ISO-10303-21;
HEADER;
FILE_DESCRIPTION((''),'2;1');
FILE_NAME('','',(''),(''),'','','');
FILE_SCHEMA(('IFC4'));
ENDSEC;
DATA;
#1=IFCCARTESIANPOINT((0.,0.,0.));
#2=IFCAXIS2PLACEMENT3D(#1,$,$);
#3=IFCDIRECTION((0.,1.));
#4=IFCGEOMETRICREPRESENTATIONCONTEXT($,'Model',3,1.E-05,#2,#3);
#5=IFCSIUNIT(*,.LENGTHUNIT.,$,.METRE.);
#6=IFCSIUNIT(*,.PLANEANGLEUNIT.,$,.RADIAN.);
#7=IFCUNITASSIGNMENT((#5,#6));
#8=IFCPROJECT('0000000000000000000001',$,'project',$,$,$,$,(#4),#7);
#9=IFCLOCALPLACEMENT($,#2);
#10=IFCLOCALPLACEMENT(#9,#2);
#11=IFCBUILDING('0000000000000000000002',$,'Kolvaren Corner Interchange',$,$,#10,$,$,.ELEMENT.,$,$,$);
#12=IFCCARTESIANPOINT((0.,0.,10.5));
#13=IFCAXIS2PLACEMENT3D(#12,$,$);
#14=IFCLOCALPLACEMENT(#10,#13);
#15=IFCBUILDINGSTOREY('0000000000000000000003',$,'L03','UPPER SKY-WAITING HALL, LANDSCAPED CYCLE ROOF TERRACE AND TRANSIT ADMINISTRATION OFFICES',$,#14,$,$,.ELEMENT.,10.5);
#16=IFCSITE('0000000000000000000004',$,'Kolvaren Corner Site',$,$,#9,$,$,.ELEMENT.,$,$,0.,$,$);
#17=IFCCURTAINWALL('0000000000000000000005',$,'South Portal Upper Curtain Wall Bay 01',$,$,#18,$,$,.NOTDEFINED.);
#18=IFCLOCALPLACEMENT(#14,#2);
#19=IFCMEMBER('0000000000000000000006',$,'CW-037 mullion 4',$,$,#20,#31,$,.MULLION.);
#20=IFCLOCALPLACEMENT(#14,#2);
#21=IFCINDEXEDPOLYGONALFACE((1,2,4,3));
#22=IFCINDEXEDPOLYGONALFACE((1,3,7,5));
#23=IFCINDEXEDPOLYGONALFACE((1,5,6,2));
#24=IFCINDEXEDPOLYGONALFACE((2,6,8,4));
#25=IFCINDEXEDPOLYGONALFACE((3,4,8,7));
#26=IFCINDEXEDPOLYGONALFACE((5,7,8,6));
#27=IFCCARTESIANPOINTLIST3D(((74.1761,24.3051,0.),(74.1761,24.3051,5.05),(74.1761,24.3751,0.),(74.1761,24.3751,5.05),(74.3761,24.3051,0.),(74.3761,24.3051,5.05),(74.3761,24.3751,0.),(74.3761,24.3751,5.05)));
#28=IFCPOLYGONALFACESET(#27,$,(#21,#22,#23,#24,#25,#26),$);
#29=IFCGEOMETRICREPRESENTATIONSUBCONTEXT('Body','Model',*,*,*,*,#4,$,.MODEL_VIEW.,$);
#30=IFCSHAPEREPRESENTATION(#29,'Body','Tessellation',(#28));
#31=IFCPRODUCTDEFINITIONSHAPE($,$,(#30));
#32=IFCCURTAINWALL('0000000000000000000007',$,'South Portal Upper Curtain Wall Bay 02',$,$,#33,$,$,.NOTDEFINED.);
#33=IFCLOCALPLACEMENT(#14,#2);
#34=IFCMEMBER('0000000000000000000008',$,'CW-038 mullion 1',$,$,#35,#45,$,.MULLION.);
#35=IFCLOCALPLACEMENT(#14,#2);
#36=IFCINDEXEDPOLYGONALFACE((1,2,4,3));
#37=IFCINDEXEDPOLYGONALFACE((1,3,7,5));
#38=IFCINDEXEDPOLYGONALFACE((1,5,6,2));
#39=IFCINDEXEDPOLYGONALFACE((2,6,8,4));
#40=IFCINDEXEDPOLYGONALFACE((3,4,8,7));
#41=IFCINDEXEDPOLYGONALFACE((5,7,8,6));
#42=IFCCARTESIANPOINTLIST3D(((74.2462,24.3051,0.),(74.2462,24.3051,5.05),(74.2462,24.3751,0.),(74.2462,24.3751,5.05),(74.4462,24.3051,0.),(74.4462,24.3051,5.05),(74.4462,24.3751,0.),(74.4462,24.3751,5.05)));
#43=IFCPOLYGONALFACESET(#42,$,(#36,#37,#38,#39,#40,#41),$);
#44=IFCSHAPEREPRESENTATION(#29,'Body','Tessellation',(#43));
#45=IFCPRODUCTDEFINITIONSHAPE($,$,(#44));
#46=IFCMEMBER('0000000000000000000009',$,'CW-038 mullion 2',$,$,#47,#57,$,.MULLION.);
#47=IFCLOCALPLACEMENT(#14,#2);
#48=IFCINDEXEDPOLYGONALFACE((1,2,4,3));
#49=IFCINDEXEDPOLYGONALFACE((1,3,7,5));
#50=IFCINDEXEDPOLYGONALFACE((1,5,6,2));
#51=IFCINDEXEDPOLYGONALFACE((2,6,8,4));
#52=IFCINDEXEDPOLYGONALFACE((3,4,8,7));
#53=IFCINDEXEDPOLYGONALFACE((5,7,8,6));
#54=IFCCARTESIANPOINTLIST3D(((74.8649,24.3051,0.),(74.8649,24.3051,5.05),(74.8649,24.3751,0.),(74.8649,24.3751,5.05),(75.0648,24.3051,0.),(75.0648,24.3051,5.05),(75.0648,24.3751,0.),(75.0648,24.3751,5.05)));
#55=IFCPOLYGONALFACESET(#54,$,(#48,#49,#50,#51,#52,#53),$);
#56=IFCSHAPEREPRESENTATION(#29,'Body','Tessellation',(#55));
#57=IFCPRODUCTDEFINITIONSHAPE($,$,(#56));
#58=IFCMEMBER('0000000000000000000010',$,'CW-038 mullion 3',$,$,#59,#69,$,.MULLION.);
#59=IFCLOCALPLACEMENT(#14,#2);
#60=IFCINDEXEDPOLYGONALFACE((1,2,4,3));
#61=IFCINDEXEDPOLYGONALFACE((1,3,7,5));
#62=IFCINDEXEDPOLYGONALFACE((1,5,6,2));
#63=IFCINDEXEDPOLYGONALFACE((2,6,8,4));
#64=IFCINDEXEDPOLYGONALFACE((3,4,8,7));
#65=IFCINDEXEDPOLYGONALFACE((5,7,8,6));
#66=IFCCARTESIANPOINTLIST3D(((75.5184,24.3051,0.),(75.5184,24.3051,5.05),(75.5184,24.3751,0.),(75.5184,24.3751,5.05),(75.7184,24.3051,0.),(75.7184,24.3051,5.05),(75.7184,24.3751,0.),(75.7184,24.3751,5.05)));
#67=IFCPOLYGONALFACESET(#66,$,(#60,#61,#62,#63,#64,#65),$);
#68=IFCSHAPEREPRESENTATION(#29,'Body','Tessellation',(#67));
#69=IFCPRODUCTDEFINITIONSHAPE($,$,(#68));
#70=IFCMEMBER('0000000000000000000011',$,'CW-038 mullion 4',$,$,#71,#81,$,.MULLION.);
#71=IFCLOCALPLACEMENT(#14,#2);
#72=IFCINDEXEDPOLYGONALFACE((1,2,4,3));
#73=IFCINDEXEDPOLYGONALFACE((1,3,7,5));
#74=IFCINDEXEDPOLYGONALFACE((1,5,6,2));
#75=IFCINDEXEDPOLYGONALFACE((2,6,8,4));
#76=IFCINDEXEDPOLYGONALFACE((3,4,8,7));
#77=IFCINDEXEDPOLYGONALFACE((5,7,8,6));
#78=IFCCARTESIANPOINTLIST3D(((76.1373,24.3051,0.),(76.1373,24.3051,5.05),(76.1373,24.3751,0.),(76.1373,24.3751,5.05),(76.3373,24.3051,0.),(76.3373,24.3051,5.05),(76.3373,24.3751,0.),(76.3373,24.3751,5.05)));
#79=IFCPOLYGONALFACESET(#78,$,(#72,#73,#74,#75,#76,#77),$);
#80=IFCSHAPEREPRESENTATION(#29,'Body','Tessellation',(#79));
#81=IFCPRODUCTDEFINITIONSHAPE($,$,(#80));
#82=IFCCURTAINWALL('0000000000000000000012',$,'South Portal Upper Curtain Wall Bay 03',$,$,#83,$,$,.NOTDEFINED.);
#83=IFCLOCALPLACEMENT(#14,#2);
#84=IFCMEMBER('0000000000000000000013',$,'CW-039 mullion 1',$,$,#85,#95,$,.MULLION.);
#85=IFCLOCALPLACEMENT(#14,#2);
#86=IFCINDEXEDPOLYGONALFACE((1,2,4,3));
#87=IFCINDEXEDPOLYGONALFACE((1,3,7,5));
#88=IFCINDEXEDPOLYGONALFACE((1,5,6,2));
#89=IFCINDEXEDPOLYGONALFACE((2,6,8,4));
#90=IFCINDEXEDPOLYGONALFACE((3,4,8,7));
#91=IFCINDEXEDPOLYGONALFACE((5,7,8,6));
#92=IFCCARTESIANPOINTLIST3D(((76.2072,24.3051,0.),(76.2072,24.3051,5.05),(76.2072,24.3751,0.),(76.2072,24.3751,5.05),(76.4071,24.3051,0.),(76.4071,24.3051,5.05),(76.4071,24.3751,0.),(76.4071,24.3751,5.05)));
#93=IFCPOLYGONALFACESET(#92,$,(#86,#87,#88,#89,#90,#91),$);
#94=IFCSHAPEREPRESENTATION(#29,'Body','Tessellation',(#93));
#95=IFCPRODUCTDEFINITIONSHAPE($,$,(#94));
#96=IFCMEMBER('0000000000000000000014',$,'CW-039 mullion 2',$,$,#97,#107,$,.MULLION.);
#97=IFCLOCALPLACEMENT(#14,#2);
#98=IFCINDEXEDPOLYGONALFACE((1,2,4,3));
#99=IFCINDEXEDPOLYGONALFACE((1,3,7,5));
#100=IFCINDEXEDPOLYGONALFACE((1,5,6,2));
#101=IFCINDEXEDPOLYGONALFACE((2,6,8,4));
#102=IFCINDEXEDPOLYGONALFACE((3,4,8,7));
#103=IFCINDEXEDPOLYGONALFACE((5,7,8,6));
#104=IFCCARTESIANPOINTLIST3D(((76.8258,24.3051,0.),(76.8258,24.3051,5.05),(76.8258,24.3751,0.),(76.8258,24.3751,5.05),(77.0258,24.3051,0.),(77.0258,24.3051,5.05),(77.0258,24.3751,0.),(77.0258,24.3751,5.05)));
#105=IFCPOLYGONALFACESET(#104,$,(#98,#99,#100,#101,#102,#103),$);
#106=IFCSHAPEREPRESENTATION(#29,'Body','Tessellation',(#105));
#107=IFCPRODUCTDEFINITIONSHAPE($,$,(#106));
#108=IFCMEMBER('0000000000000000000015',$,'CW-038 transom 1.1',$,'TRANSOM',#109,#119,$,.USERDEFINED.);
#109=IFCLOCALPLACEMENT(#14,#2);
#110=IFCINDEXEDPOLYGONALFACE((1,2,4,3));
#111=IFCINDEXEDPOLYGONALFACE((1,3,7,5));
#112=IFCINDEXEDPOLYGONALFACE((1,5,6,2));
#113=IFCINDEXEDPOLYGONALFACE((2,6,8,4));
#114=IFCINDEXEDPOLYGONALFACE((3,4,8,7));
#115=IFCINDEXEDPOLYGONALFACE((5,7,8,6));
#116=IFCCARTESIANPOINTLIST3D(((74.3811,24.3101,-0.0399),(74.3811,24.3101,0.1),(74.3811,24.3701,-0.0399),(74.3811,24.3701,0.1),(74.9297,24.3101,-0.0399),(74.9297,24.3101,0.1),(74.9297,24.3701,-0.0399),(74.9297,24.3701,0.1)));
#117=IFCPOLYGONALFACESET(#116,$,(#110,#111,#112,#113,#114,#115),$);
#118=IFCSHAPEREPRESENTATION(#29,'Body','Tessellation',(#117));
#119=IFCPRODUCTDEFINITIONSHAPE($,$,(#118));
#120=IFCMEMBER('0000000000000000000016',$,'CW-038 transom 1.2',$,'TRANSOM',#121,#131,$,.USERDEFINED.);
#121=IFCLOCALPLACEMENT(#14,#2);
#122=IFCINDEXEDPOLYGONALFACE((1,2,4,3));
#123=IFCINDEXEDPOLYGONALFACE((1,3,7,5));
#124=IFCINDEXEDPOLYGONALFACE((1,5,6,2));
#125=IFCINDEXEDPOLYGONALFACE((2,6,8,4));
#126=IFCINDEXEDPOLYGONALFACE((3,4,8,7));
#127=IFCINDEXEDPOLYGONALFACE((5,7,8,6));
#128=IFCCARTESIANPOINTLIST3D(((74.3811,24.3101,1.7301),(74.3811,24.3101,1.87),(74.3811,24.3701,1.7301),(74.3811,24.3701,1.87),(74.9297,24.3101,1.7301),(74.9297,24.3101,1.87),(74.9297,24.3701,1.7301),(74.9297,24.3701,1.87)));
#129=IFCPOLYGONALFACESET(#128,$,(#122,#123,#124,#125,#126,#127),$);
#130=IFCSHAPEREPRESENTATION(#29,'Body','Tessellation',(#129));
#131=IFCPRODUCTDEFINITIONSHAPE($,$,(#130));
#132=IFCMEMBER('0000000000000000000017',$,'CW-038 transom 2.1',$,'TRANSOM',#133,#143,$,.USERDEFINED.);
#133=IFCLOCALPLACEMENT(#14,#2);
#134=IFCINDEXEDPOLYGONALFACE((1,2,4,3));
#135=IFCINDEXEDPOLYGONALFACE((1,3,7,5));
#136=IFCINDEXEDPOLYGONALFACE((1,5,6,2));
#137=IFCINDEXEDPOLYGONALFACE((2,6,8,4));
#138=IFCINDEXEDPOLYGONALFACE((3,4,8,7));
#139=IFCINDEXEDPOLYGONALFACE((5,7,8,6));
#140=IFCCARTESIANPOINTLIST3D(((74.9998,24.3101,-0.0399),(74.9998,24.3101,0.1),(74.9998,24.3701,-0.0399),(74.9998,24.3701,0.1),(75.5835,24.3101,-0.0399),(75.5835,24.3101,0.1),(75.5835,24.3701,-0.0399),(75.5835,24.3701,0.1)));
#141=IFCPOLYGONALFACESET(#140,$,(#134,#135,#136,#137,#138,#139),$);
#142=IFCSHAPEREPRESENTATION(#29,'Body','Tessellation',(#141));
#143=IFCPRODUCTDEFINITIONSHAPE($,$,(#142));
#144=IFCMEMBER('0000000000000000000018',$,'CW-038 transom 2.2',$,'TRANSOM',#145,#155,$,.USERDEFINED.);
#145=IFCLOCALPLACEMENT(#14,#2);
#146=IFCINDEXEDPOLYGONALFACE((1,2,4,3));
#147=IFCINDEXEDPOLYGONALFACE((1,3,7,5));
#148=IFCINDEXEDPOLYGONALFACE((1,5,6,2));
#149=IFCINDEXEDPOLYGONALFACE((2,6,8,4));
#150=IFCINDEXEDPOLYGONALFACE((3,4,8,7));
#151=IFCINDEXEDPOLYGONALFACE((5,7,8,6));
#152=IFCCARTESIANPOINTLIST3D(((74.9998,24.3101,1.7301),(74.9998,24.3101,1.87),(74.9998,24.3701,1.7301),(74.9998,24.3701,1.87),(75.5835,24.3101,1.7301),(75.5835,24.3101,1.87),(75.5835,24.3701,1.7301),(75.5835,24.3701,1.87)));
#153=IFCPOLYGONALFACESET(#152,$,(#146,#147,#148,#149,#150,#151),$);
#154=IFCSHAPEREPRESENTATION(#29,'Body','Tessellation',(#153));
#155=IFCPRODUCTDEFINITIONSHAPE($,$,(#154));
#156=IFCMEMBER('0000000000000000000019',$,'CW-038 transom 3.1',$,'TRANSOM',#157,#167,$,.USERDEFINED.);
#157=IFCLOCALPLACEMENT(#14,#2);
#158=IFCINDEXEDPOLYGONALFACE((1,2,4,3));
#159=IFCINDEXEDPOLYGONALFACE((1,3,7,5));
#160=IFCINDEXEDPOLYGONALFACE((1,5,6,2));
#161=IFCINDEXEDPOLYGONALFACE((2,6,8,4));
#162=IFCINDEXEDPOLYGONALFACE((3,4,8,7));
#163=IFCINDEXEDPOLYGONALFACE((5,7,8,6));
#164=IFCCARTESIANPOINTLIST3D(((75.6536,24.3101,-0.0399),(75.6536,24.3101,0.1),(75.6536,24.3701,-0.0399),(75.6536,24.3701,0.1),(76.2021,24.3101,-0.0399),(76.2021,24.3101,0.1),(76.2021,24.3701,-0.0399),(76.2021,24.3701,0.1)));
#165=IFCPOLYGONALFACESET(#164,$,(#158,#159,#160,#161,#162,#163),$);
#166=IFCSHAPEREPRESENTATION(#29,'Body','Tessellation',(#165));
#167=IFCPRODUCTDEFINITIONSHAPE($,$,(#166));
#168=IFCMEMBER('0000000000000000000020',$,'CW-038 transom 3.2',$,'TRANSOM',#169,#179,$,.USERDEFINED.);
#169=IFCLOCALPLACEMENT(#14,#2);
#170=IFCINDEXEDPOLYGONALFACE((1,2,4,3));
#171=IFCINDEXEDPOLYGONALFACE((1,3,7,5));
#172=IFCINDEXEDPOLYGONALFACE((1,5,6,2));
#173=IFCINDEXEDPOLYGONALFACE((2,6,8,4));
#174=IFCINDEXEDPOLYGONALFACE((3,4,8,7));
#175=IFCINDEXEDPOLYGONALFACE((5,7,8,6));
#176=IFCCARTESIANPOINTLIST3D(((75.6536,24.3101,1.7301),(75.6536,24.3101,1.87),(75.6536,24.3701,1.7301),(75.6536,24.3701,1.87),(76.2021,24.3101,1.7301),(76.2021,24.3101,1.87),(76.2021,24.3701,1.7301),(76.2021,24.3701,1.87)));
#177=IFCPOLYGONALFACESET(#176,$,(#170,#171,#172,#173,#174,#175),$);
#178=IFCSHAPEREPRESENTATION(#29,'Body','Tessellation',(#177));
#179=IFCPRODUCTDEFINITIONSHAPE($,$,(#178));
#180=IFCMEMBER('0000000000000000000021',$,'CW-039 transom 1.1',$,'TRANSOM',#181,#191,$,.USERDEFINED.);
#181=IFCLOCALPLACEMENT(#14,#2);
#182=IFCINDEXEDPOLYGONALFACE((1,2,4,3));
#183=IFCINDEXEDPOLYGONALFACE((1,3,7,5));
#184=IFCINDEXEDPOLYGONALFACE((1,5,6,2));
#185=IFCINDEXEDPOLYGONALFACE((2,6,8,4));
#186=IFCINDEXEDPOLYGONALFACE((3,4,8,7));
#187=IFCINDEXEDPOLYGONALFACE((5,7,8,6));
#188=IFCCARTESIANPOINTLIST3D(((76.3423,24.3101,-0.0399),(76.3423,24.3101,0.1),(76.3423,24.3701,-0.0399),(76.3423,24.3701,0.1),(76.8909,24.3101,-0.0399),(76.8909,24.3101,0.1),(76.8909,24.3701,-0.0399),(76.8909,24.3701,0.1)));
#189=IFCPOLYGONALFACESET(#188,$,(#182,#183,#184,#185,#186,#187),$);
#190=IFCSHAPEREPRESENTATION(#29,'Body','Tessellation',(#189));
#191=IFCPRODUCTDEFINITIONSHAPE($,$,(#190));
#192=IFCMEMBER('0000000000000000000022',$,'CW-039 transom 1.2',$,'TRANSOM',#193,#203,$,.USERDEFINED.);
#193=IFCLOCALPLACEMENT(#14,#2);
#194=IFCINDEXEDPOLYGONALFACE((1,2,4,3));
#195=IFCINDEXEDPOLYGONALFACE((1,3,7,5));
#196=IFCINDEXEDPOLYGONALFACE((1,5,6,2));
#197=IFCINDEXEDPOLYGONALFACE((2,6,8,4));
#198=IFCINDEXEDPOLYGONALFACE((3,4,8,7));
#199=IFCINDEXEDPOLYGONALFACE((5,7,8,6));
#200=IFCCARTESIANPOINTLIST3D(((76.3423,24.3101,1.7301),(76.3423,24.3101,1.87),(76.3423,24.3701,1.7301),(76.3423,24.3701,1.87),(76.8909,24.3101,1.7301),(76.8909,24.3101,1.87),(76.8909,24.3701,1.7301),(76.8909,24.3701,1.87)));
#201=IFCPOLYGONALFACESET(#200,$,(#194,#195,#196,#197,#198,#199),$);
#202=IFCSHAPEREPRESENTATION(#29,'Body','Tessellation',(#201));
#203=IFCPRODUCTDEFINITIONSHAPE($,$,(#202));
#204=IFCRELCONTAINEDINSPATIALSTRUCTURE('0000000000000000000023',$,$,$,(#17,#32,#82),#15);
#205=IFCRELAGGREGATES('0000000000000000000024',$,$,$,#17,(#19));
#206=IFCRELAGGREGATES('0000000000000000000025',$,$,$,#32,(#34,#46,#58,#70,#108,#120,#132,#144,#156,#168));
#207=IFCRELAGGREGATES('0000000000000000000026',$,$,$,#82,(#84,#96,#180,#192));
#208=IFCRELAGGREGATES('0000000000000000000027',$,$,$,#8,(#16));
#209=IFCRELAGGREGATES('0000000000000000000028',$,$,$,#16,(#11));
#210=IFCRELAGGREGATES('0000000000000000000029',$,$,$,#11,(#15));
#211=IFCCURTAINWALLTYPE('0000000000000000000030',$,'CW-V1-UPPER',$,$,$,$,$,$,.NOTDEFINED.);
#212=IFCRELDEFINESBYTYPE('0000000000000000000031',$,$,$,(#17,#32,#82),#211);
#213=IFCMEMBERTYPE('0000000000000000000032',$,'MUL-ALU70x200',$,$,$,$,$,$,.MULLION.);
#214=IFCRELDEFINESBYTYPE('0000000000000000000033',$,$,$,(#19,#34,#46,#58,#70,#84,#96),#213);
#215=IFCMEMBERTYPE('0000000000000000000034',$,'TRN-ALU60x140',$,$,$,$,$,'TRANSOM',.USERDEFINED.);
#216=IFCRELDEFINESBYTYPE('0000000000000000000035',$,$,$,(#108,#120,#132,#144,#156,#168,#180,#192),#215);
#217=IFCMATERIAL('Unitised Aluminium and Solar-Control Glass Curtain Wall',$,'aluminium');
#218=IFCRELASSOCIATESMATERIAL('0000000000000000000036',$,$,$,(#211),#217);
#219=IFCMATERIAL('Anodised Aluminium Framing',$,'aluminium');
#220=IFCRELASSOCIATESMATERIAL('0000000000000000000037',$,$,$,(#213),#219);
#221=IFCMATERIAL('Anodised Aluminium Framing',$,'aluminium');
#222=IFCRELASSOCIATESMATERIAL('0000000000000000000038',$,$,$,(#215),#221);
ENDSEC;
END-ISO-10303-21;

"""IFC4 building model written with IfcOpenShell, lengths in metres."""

from ifc_helpers import new_model, si_unit, direction, frame, origin, origin_2d, place, context, subcontext, project, spatial, rectangle, extrude, material, material_profile, profile_set, type_object, element, aggregate, save


model = new_model("IFC4")

# Units and contexts
model_context = context("Model", 3, precision=1e-05, world=origin(), true_north=direction((0.0, 1.0)))
body_context = subcontext(model_context, "Body", "Model", "MODEL_VIEW")
ifc_project = project(units=[si_unit("LENGTHUNIT", "METRE"), si_unit("PLANEANGLEUNIT", "RADIAN")], contexts=[model_context])

# Site, building, storey
site_placement = place(None, origin())
site = spatial("IfcSite", under=ifc_project, at=site_placement, Name="Kolvaren Corner Site", CompositionType="ELEMENT", RefElevation=0.0)
building_placement = place(site_placement, origin())
building = spatial("IfcBuilding", under=site, at=building_placement, Name="Kolvaren Corner Interchange", CompositionType="ELEMENT")
storey_placement = place(building_placement, frame((0.0, 0.0, 10.5)))
storey = spatial("IfcBuildingStorey", under=building, at=storey_placement, Name="L03", Description="UPPER SKY-WAITING HALL, LANDSCAPED CYCLE ROOF TERRACE AND TRANSIT ADMINISTRATION OFFICES", CompositionType="ELEMENT", Elevation=10.5)

# Curtain wall, member
ifc_material_1 = material(Name="Unitised Aluminium and Solar-Control Glass Curtain Wall", Category="aluminium")
curtain_wall_type = type_object("IfcCurtainWallType", Name="CW-V1-UPPER", PredefinedType="NOTDEFINED", material=ifc_material_1)
curtain_wall_1_placement = place(storey_placement, origin())
curtain_wall_1 = element("IfcCurtainWall", 1, at=curtain_wall_1_placement, inside=storey, type_object=curtain_wall_type, Name="South Portal Upper Curtain Wall Bay 01", PredefinedType="NOTDEFINED")
ifc_material_2 = material(Name="Anodised Aluminium Framing", Category="aluminium")
ifc_material_profile_1 = material_profile(ifc_material_2, rectangle(XDim=0.0701, YDim=0.2, at=origin_2d()), Name="ALU 70x200")
ifc_profile_set_1 = profile_set([ifc_material_profile_1], Name="Anodised Aluminium Framing")
member_type_1 = type_object("IfcMemberType", Name="MUL-ALU70x200", PredefinedType="MULLION", material=ifc_profile_set_1)
member_1_placement = place(storey_placement, frame((74.2761, 24.3401, 0.0), z_axis=(0.0, 0.0, 1.0), x_axis=(0.0, 1.0, 0.0)))
member_1 = element("IfcMember", 2, at=member_1_placement, type_object=member_type_1, Name="CW-037 mullion 4", PredefinedType="MULLION", context=body_context, shape_type="SweptSolid", body=[
    extrude(rectangle(XDim=0.0701, YDim=0.2, at=origin_2d()), origin(), (0.0, 0.0, 1.0), 5.05),
])

# Curtain walls, members
curtain_wall_2_placement = place(storey_placement, origin())
curtain_wall_2 = element("IfcCurtainWall", 3, at=curtain_wall_2_placement, inside=storey, type_object=curtain_wall_type, Name="South Portal Upper Curtain Wall Bay 02", PredefinedType="NOTDEFINED")
member_2_placement = place(storey_placement, frame((74.3462, 24.3401, 0.0), z_axis=(0.0, 0.0, 1.0), x_axis=(0.0, 1.0, 0.0)))
member_2 = element("IfcMember", 4, at=member_2_placement, type_object=member_type_1, Name="CW-038 mullion 1", PredefinedType="MULLION", context=body_context, shape_type="SweptSolid", body=[
    extrude(rectangle(XDim=0.0701, YDim=0.2, at=origin_2d()), origin(), (0.0, 0.0, 1.0), 5.05),
])
member_3_placement = place(storey_placement, frame((74.9648, 24.3401, 0.0), z_axis=(0.0, 0.0, 1.0), x_axis=(0.0, 1.0, 0.0)))
member_3 = element("IfcMember", 5, at=member_3_placement, type_object=member_type_1, Name="CW-038 mullion 2", PredefinedType="MULLION", context=body_context, shape_type="SweptSolid", body=[
    extrude(rectangle(XDim=0.0701, YDim=0.2, at=origin_2d()), origin(), (0.0, 0.0, 1.0), 5.05),
])
member_4_placement = place(storey_placement, frame((75.6184, 24.3401, 0.0), z_axis=(0.0, 0.0, 1.0), x_axis=(0.0, 1.0, 0.0)))
member_4 = element("IfcMember", 6, at=member_4_placement, type_object=member_type_1, Name="CW-038 mullion 3", PredefinedType="MULLION", context=body_context, shape_type="SweptSolid", body=[
    extrude(rectangle(XDim=0.0701, YDim=0.2, at=origin_2d()), origin(), (0.0, 0.0, 1.0), 5.05),
])
member_5_placement = place(storey_placement, frame((76.2373, 24.3401, 0.0), z_axis=(0.0, 0.0, 1.0), x_axis=(0.0, 1.0, 0.0)))
member_5 = element("IfcMember", 7, at=member_5_placement, type_object=member_type_1, Name="CW-038 mullion 4", PredefinedType="MULLION", context=body_context, shape_type="SweptSolid", body=[
    extrude(rectangle(XDim=0.0701, YDim=0.2, at=origin_2d()), origin(), (0.0, 0.0, 1.0), 5.05),
])
curtain_wall_3_placement = place(storey_placement, origin())
curtain_wall_3 = element("IfcCurtainWall", 8, at=curtain_wall_3_placement, inside=storey, type_object=curtain_wall_type, Name="South Portal Upper Curtain Wall Bay 03", PredefinedType="NOTDEFINED")
member_6_placement = place(storey_placement, frame((76.3071, 24.3401, 0.0), z_axis=(0.0, 0.0, 1.0), x_axis=(0.0, 1.0, 0.0)))
member_6 = element("IfcMember", 9, at=member_6_placement, type_object=member_type_1, Name="CW-039 mullion 1", PredefinedType="MULLION", context=body_context, shape_type="SweptSolid", body=[
    extrude(rectangle(XDim=0.0701, YDim=0.2, at=origin_2d()), origin(), (0.0, 0.0, 1.0), 5.05),
])
member_7_placement = place(storey_placement, frame((76.9258, 24.3401, 0.0), z_axis=(0.0, 0.0, 1.0), x_axis=(0.0, 1.0, 0.0)))
member_7 = element("IfcMember", 10, at=member_7_placement, type_object=member_type_1, Name="CW-039 mullion 2", PredefinedType="MULLION", context=body_context, shape_type="SweptSolid", body=[
    extrude(rectangle(XDim=0.0701, YDim=0.2, at=origin_2d()), origin(), (0.0, 0.0, 1.0), 5.05),
])

# Members
ifc_material_3 = material(Name="Anodised Aluminium Framing", Category="aluminium")
ifc_material_profile_2 = material_profile(ifc_material_3, rectangle(XDim=0.0601, YDim=0.1399, at=origin_2d()), Name="ALU 60x140")
ifc_profile_set_2 = profile_set([ifc_material_profile_2], Name="Anodised Aluminium Framing")
member_type_2 = type_object("IfcMemberType", Name="TRN-ALU60x140", ElementType="TRANSOM", PredefinedType="USERDEFINED", material=ifc_profile_set_2)
member_8_placement = place(storey_placement, frame((74.3811, 24.3401, 0.03), z_axis=(1.0, 0.0, 0.0), x_axis=(0.0, 1.0, 0.0)))
member_8 = element("IfcMember", 11, at=member_8_placement, type_object=member_type_2, Name="CW-038 transom 1.1", ObjectType="TRANSOM", PredefinedType="USERDEFINED", context=body_context, shape_type="SweptSolid", body=[
    extrude(rectangle(XDim=0.0601, YDim=0.1399, at=origin_2d()), origin(), (0.0, 0.0, 1.0), 0.5486),
])
member_9_placement = place(storey_placement, frame((74.3811, 24.3401, 1.8), z_axis=(1.0, 0.0, 0.0), x_axis=(0.0, 1.0, 0.0)))
member_9 = element("IfcMember", 12, at=member_9_placement, type_object=member_type_2, Name="CW-038 transom 1.2", ObjectType="TRANSOM", PredefinedType="USERDEFINED", context=body_context, shape_type="SweptSolid", body=[
    extrude(rectangle(XDim=0.0601, YDim=0.1399, at=origin_2d()), origin(), (0.0, 0.0, 1.0), 0.5486),
])
member_10_placement = place(storey_placement, frame((74.9998, 24.3401, 0.03), z_axis=(1.0, 0.0, 0.0), x_axis=(0.0, 1.0, 0.0)))
member_10 = element("IfcMember", 13, at=member_10_placement, type_object=member_type_2, Name="CW-038 transom 2.1", ObjectType="TRANSOM", PredefinedType="USERDEFINED", context=body_context, shape_type="SweptSolid", body=[
    extrude(rectangle(XDim=0.0601, YDim=0.1399, at=origin_2d()), origin(), (0.0, 0.0, 1.0), 0.5837),
])
member_11_placement = place(storey_placement, frame((74.9998, 24.3401, 1.8), z_axis=(1.0, 0.0, 0.0), x_axis=(0.0, 1.0, 0.0)))
member_11 = element("IfcMember", 14, at=member_11_placement, type_object=member_type_2, Name="CW-038 transom 2.2", ObjectType="TRANSOM", PredefinedType="USERDEFINED", context=body_context, shape_type="SweptSolid", body=[
    extrude(rectangle(XDim=0.0601, YDim=0.1399, at=origin_2d()), origin(), (0.0, 0.0, 1.0), 0.5837),
])
member_12_placement = place(storey_placement, frame((75.6536, 24.3401, 0.03), z_axis=(1.0, 0.0, 0.0), x_axis=(0.0, 1.0, 0.0)))
member_12 = element("IfcMember", 15, at=member_12_placement, type_object=member_type_2, Name="CW-038 transom 3.1", ObjectType="TRANSOM", PredefinedType="USERDEFINED", context=body_context, shape_type="SweptSolid", body=[
    extrude(rectangle(XDim=0.0601, YDim=0.1399, at=origin_2d()), origin(), (0.0, 0.0, 1.0), 0.5486),
])
member_13_placement = place(storey_placement, frame((75.6536, 24.3401, 1.8), z_axis=(1.0, 0.0, 0.0), x_axis=(0.0, 1.0, 0.0)))
member_13 = element("IfcMember", 16, at=member_13_placement, type_object=member_type_2, Name="CW-038 transom 3.2", ObjectType="TRANSOM", PredefinedType="USERDEFINED", context=body_context, shape_type="SweptSolid", body=[
    extrude(rectangle(XDim=0.0601, YDim=0.1399, at=origin_2d()), origin(), (0.0, 0.0, 1.0), 0.5486),
])
member_14_placement = place(storey_placement, frame((76.3423, 24.3401, 0.03), z_axis=(1.0, 0.0, 0.0), x_axis=(0.0, 1.0, 0.0)))
member_14 = element("IfcMember", 17, at=member_14_placement, type_object=member_type_2, Name="CW-039 transom 1.1", ObjectType="TRANSOM", PredefinedType="USERDEFINED", context=body_context, shape_type="SweptSolid", body=[
    extrude(rectangle(XDim=0.0601, YDim=0.1399, at=origin_2d()), origin(), (0.0, 0.0, 1.0), 0.5486),
])
member_15_placement = place(storey_placement, frame((76.3423, 24.3401, 1.8), z_axis=(1.0, 0.0, 0.0), x_axis=(0.0, 1.0, 0.0)))
member_15 = element("IfcMember", 18, at=member_15_placement, type_object=member_type_2, Name="CW-039 transom 1.2", ObjectType="TRANSOM", PredefinedType="USERDEFINED", context=body_context, shape_type="SweptSolid", body=[
    extrude(rectangle(XDim=0.0601, YDim=0.1399, at=origin_2d()), origin(), (0.0, 0.0, 1.0), 0.5486),
])

aggregate(curtain_wall_1, [member_1])
aggregate(curtain_wall_2, [member_2, member_3, member_4, member_5, member_8, member_9, member_10, member_11, member_12, member_13])
aggregate(curtain_wall_3, [member_6, member_7, member_14, member_15])

save(model, "model.ifc")
